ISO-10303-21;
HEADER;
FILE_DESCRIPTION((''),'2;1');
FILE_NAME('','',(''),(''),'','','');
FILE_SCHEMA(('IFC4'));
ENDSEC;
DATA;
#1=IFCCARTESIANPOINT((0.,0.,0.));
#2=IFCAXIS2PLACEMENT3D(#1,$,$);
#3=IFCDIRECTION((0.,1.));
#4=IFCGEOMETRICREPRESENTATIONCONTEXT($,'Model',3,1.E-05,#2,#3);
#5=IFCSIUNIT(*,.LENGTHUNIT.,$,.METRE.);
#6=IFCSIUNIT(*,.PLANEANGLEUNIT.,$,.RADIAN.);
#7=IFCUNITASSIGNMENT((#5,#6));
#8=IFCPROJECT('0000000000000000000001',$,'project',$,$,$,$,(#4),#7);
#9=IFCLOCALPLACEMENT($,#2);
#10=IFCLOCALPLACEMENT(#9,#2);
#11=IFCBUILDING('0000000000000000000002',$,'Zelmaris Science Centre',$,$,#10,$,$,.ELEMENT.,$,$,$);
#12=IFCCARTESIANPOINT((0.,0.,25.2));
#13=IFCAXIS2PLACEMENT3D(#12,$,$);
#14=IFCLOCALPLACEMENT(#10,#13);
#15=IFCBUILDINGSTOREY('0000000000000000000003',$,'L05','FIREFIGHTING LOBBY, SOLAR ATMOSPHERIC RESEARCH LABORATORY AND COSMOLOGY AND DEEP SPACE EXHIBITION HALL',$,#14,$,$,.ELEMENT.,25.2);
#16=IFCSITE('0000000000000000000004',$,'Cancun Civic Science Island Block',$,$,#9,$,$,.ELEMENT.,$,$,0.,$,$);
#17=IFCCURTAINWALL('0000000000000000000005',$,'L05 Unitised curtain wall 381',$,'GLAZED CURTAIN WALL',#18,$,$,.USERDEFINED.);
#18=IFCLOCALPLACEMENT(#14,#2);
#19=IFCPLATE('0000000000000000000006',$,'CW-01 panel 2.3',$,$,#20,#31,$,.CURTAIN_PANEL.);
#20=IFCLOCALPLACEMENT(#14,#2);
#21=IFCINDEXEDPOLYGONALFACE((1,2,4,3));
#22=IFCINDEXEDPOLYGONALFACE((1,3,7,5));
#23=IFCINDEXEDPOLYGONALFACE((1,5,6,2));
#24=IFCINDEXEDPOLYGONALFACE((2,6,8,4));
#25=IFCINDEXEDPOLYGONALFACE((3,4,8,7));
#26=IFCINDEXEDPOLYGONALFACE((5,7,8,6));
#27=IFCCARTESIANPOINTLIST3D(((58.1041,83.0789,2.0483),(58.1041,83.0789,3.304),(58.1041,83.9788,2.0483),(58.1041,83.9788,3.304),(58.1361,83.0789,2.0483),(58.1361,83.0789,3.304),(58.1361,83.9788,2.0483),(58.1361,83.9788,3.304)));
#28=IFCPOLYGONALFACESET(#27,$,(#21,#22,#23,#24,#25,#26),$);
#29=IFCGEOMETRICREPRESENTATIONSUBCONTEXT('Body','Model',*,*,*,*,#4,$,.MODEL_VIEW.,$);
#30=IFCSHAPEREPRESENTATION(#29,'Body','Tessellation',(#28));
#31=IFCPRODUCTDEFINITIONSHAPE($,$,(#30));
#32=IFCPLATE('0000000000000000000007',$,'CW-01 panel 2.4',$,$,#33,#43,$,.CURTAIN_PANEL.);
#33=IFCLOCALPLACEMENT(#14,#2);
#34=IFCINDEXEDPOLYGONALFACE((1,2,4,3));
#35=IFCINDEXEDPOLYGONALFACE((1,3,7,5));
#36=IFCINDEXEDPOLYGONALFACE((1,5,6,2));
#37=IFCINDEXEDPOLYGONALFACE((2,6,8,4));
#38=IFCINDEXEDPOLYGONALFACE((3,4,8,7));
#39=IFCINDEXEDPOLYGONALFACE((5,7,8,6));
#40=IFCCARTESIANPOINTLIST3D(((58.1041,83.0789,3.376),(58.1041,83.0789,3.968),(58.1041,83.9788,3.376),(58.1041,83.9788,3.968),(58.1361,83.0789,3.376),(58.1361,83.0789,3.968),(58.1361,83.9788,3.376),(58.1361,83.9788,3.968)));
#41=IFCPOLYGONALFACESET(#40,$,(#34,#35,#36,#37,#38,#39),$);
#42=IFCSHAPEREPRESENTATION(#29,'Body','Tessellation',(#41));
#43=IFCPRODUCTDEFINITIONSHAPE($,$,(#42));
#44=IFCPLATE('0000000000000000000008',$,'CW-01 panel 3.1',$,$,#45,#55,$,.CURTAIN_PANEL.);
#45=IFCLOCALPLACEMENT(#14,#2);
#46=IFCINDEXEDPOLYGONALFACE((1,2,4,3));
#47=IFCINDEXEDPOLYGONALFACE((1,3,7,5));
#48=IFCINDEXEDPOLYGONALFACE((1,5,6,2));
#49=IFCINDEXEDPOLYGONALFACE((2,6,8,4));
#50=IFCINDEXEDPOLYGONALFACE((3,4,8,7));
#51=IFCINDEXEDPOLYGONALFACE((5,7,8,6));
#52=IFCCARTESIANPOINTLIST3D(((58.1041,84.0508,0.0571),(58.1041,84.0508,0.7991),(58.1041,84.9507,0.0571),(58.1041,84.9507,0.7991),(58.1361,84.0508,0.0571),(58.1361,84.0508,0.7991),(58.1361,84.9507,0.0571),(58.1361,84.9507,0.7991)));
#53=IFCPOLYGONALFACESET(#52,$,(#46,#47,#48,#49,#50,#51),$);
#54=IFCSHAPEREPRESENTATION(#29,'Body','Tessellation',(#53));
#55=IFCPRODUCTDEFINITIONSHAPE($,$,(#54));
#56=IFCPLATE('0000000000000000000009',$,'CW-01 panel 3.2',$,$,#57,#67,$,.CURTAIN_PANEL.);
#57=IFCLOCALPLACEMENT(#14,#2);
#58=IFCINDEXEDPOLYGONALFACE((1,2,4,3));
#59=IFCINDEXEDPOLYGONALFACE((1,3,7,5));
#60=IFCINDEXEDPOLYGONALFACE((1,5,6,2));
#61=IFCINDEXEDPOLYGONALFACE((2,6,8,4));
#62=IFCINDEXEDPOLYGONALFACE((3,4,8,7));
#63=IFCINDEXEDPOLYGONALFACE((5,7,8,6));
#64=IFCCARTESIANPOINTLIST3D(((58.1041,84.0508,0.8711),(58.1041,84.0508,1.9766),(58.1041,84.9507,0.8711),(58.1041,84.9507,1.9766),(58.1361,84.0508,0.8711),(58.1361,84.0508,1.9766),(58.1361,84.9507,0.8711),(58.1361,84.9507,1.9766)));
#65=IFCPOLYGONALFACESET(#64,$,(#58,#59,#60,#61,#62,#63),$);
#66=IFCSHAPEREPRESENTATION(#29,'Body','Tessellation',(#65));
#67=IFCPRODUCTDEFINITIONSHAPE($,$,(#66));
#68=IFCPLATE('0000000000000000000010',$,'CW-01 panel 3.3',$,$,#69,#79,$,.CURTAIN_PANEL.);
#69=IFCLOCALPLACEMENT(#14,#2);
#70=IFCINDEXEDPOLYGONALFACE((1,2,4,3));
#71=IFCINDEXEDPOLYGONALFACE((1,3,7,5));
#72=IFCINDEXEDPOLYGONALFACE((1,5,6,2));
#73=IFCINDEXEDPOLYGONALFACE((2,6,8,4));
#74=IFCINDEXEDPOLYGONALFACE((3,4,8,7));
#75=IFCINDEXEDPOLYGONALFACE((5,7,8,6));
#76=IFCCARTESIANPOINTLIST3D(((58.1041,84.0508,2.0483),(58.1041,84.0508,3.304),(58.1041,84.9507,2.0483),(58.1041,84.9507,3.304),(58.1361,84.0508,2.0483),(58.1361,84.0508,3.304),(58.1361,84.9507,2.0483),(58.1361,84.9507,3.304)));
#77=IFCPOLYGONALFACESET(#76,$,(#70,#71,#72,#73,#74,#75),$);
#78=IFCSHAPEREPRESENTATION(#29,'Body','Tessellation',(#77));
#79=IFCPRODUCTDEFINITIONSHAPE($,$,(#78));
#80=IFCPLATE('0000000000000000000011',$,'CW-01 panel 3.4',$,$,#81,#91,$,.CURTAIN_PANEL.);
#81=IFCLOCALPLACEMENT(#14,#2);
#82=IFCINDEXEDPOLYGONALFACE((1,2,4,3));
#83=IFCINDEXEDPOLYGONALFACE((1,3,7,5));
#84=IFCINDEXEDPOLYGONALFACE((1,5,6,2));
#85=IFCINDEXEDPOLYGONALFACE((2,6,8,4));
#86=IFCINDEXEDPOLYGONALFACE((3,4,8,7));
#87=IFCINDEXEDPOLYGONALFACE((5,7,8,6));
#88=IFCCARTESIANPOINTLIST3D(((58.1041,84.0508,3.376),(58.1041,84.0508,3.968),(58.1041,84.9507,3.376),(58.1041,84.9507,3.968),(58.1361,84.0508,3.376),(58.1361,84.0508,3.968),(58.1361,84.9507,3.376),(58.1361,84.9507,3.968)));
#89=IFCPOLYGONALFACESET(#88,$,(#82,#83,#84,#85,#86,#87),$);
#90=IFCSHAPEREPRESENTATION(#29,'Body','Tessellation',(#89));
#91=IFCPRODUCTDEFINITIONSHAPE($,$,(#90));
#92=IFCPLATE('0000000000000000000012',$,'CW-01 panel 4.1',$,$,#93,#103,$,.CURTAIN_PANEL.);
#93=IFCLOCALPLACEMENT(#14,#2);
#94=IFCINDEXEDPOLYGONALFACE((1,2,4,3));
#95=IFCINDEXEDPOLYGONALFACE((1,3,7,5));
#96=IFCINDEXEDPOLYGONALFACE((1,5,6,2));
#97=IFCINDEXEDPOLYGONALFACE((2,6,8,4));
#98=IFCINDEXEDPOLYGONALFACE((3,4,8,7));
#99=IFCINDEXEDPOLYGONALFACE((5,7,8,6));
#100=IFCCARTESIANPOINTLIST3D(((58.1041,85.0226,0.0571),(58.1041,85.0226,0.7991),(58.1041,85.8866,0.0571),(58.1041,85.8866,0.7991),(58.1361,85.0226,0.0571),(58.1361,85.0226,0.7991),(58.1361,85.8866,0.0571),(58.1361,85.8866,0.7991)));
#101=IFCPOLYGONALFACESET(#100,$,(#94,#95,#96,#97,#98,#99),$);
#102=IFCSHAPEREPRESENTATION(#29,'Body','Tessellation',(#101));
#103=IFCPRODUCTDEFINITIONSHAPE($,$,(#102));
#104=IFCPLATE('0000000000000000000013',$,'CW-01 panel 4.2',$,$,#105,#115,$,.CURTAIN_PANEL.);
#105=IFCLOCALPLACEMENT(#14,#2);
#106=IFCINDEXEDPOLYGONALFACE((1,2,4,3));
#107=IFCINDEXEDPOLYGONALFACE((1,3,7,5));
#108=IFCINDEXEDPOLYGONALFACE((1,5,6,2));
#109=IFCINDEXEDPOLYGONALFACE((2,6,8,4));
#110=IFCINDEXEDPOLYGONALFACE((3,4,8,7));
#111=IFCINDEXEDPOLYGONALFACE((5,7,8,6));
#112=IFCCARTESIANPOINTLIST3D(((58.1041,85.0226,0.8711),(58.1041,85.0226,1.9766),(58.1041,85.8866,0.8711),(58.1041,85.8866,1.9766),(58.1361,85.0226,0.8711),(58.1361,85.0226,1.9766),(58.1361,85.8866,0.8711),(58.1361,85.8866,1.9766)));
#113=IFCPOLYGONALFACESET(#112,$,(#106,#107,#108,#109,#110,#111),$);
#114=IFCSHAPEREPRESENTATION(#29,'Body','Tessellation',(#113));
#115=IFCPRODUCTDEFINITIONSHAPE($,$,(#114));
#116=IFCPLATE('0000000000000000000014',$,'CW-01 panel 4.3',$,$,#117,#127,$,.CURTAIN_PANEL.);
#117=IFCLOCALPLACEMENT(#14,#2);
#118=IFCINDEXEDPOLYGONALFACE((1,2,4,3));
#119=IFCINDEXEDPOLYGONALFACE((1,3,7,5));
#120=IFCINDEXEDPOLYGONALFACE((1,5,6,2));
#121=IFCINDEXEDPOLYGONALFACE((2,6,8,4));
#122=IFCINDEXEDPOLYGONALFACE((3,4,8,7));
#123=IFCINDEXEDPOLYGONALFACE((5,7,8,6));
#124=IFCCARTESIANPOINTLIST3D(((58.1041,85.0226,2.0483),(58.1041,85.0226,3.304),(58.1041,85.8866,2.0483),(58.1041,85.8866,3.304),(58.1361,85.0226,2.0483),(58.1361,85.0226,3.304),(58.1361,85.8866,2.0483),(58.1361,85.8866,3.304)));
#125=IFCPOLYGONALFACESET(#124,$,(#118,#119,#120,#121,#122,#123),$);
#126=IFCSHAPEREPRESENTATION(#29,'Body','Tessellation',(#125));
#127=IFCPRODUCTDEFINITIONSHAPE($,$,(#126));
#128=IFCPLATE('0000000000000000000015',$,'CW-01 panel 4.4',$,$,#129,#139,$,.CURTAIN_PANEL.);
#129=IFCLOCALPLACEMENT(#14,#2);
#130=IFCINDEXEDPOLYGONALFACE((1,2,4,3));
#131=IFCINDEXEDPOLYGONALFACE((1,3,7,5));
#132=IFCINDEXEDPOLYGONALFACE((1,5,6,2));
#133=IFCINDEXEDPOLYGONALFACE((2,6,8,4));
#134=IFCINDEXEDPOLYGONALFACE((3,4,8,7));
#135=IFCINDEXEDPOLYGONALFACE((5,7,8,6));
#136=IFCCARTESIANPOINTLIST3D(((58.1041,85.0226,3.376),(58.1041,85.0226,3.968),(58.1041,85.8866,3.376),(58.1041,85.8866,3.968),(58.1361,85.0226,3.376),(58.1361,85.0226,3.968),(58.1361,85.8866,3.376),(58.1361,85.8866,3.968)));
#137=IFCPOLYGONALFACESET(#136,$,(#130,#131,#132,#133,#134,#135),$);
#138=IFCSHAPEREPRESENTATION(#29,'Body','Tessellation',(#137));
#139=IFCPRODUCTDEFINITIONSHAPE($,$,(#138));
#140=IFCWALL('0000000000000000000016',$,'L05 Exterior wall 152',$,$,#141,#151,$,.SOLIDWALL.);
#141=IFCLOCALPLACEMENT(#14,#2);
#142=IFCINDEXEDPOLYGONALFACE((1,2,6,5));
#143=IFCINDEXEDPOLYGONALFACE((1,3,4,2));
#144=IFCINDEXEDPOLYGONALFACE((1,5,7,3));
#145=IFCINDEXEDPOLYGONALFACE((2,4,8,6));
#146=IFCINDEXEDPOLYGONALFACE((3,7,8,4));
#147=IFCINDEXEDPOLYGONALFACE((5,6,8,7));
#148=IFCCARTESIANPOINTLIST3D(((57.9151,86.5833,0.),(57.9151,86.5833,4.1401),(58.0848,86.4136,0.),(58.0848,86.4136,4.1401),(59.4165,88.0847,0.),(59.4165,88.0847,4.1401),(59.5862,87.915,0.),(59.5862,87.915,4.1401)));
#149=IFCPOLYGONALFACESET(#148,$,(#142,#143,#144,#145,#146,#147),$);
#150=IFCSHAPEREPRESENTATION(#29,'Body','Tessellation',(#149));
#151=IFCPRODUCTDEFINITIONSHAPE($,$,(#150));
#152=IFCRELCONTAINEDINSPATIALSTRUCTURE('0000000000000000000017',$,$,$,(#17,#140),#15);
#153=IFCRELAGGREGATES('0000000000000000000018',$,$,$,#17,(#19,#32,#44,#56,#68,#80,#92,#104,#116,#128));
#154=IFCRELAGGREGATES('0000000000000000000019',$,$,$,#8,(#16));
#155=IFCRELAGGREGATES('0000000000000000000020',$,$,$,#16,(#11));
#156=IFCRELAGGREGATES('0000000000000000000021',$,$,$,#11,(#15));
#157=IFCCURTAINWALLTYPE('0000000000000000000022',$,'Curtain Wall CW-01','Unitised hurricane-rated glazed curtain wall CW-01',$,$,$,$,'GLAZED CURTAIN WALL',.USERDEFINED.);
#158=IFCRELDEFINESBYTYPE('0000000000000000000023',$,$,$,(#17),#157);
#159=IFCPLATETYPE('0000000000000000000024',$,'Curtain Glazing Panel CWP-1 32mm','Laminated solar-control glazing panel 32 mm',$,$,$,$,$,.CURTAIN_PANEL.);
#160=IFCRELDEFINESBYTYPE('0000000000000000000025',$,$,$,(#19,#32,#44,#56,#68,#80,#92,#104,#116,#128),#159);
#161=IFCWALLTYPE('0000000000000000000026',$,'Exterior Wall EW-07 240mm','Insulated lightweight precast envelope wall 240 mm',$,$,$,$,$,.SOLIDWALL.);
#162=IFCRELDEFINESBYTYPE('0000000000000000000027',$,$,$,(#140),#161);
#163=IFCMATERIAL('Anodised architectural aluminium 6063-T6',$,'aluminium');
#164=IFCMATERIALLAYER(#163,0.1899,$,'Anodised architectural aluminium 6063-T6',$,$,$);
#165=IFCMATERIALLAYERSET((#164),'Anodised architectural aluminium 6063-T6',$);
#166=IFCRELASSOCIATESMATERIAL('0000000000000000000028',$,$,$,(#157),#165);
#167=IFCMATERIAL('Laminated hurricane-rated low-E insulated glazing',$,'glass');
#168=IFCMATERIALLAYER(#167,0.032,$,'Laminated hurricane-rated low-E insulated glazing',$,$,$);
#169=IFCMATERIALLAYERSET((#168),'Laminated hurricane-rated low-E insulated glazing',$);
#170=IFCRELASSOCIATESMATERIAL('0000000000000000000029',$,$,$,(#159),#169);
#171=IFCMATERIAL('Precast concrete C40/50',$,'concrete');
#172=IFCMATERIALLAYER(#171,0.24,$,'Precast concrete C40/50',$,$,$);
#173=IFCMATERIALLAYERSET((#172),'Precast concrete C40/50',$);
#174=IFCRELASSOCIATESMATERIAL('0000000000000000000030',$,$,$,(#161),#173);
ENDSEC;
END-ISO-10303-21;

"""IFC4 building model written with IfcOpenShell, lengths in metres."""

from ifc_helpers import new_model, si_unit, direction, frame, frame_2d, origin, origin_2d, place, context, subcontext, project, spatial, rectangle, extrude, material, layer, layer_set, type_object, element, aggregate, save


model = new_model("IFC4")

# Units and contexts
model_context = context("Model", 3, precision=1e-05, world=origin(), true_north=direction((0.0, 1.0)))
body_context = subcontext(model_context, "Body", "Model", "MODEL_VIEW")
ifc_project = project(units=[si_unit("LENGTHUNIT", "METRE"), si_unit("PLANEANGLEUNIT", "RADIAN")], contexts=[model_context])

# Site, building, storey
site_placement = place(None, origin())
site = spatial("IfcSite", under=ifc_project, at=site_placement, Name="Cancun Civic Science Island Block", CompositionType="ELEMENT", RefElevation=0.0)
building_placement = place(site_placement, origin())
building = spatial("IfcBuilding", under=site, at=building_placement, Name="Zelmaris Science Centre", CompositionType="ELEMENT")
storey_placement = place(building_placement, frame((0.0, 0.0, 25.2)))
storey = spatial("IfcBuildingStorey", under=building, at=storey_placement, Name="L05", Description="FIREFIGHTING LOBBY, SOLAR ATMOSPHERIC RESEARCH LABORATORY AND COSMOLOGY AND DEEP SPACE EXHIBITION HALL", CompositionType="ELEMENT", Elevation=25.2)

# Curtain wall
ifc_material_1 = material(Name="Anodised architectural aluminium 6063-T6", Category="aluminium")
ifc_layer_1 = layer(ifc_material_1, 0.1899, Name="Anodised architectural aluminium 6063-T6")
ifc_layer_set_1 = layer_set([ifc_layer_1], Name="Anodised architectural aluminium 6063-T6")
curtain_wall_type = type_object("IfcCurtainWallType", Name="Curtain Wall CW-01", Description="Unitised hurricane-rated glazed curtain wall CW-01", ElementType="GLAZED CURTAIN WALL", PredefinedType="USERDEFINED", material=ifc_layer_set_1)
curtain_wall_placement = place(storey_placement, origin())
curtain_wall = element("IfcCurtainWall", 1, at=curtain_wall_placement, inside=storey, type_object=curtain_wall_type, Name="L05 Unitised curtain wall 381", ObjectType="GLAZED CURTAIN WALL", PredefinedType="USERDEFINED")

# Plates
ifc_material_2 = material(Name="Laminated hurricane-rated low-E insulated glazing", Category="glass")
ifc_layer_2 = layer(ifc_material_2, 0.032, Name="Laminated hurricane-rated low-E insulated glazing")
ifc_layer_set_2 = layer_set([ifc_layer_2], Name="Laminated hurricane-rated low-E insulated glazing")
plate_type = type_object("IfcPlateType", Name="Curtain Glazing Panel CWP-1 32mm", Description="Laminated solar-control glazing panel 32 mm", PredefinedType="CURTAIN_PANEL", material=ifc_layer_set_2)
plate_1_placement = place(storey_placement, frame((58.1201, 83.5288, 2.0483), z_axis=(0.0, 0.0, 1.0), x_axis=(0.0, 1.0, 0.0)))
plate_1 = element("IfcPlate", 2, at=plate_1_placement, type_object=plate_type, Name="CW-01 panel 2.3", PredefinedType="CURTAIN_PANEL", context=body_context, shape_type="SweptSolid", body=[
    extrude(rectangle(XDim=0.8999, YDim=0.032, at=origin_2d()), origin(), (0.0, 0.0, 1.0), 1.2556),
])
plate_2_placement = place(storey_placement, frame((58.1201, 83.5288, 3.376), z_axis=(0.0, 0.0, 1.0), x_axis=(0.0, 1.0, 0.0)))
plate_2 = element("IfcPlate", 3, at=plate_2_placement, type_object=plate_type, Name="CW-01 panel 2.4", PredefinedType="CURTAIN_PANEL", context=body_context, shape_type="SweptSolid", body=[
    extrude(rectangle(XDim=0.8999, YDim=0.032, at=origin_2d()), origin(), (0.0, 0.0, 1.0), 0.592),
])
plate_3_placement = place(storey_placement, frame((58.1201, 84.5007, 0.0571), z_axis=(0.0, 0.0, 1.0), x_axis=(0.0, 1.0, 0.0)))
plate_3 = element("IfcPlate", 4, at=plate_3_placement, type_object=plate_type, Name="CW-01 panel 3.1", PredefinedType="CURTAIN_PANEL", context=body_context, shape_type="SweptSolid", body=[
    extrude(rectangle(XDim=0.8999, YDim=0.032, at=origin_2d()), origin(), (0.0, 0.0, 1.0), 0.7419),
])
plate_4_placement = place(storey_placement, frame((58.1201, 84.5007, 0.8711), z_axis=(0.0, 0.0, 1.0), x_axis=(0.0, 1.0, 0.0)))
plate_4 = element("IfcPlate", 5, at=plate_4_placement, type_object=plate_type, Name="CW-01 panel 3.2", PredefinedType="CURTAIN_PANEL", context=body_context, shape_type="SweptSolid", body=[
    extrude(rectangle(XDim=0.8999, YDim=0.032, at=origin_2d()), origin(), (0.0, 0.0, 1.0), 1.1055),
])
plate_5_placement = place(storey_placement, frame((58.1201, 84.5007, 2.0483), z_axis=(0.0, 0.0, 1.0), x_axis=(0.0, 1.0, 0.0)))
plate_5 = element("IfcPlate", 6, at=plate_5_placement, type_object=plate_type, Name="CW-01 panel 3.3", PredefinedType="CURTAIN_PANEL", context=body_context, shape_type="SweptSolid", body=[
    extrude(rectangle(XDim=0.8999, YDim=0.032, at=origin_2d()), origin(), (0.0, 0.0, 1.0), 1.2556),
])
plate_6_placement = place(storey_placement, frame((58.1201, 84.5007, 3.376), z_axis=(0.0, 0.0, 1.0), x_axis=(0.0, 1.0, 0.0)))
plate_6 = element("IfcPlate", 7, at=plate_6_placement, type_object=plate_type, Name="CW-01 panel 3.4", PredefinedType="CURTAIN_PANEL", context=body_context, shape_type="SweptSolid", body=[
    extrude(rectangle(XDim=0.8999, YDim=0.032, at=origin_2d()), origin(), (0.0, 0.0, 1.0), 0.592),
])
plate_7_placement = place(storey_placement, frame((58.1201, 85.4546, 0.0571), z_axis=(0.0, 0.0, 1.0), x_axis=(0.0, 1.0, 0.0)))
plate_7 = element("IfcPlate", 8, at=plate_7_placement, type_object=plate_type, Name="CW-01 panel 4.1", PredefinedType="CURTAIN_PANEL", context=body_context, shape_type="SweptSolid", body=[
    extrude(rectangle(XDim=0.864, YDim=0.032, at=origin_2d()), origin(), (0.0, 0.0, 1.0), 0.7419),
])
plate_8_placement = place(storey_placement, frame((58.1201, 85.4546, 0.8711), z_axis=(0.0, 0.0, 1.0), x_axis=(0.0, 1.0, 0.0)))
plate_8 = element("IfcPlate", 9, at=plate_8_placement, type_object=plate_type, Name="CW-01 panel 4.2", PredefinedType="CURTAIN_PANEL", context=body_context, shape_type="SweptSolid", body=[
    extrude(rectangle(XDim=0.864, YDim=0.032, at=origin_2d()), origin(), (0.0, 0.0, 1.0), 1.1055),
])
plate_9_placement = place(storey_placement, frame((58.1201, 85.4546, 2.0483), z_axis=(0.0, 0.0, 1.0), x_axis=(0.0, 1.0, 0.0)))
plate_9 = element("IfcPlate", 10, at=plate_9_placement, type_object=plate_type, Name="CW-01 panel 4.3", PredefinedType="CURTAIN_PANEL", context=body_context, shape_type="SweptSolid", body=[
    extrude(rectangle(XDim=0.864, YDim=0.032, at=origin_2d()), origin(), (0.0, 0.0, 1.0), 1.2556),
])
plate_10_placement = place(storey_placement, frame((58.1201, 85.4546, 3.376), z_axis=(0.0, 0.0, 1.0), x_axis=(0.0, 1.0, 0.0)))
plate_10 = element("IfcPlate", 11, at=plate_10_placement, type_object=plate_type, Name="CW-01 panel 4.4", PredefinedType="CURTAIN_PANEL", context=body_context, shape_type="SweptSolid", body=[
    extrude(rectangle(XDim=0.864, YDim=0.032, at=origin_2d()), origin(), (0.0, 0.0, 1.0), 0.592),
])
aggregate(curtain_wall, [plate_1, plate_2, plate_3, plate_4, plate_5, plate_6, plate_7, plate_8, plate_9, plate_10])

# Wall
ifc_material_3 = material(Name="Precast concrete C40/50", Category="concrete")
ifc_layer_3 = layer(ifc_material_3, 0.24, Name="Precast concrete C40/50")
ifc_layer_set_3 = layer_set([ifc_layer_3], Name="Precast concrete C40/50")
wall_type = type_object("IfcWallType", Name="Exterior Wall EW-07 240mm", Description="Insulated lightweight precast envelope wall 240 mm", PredefinedType="SOLIDWALL", material=ifc_layer_set_3)
wall_placement = place(storey_placement, frame((58.0, 86.4985, 0.0), z_axis=(0.0, 0.0, 1.0), x_axis=(0.707107, 0.707107, 0.0)))
element("IfcWall", 12, at=wall_placement, inside=storey, type_object=wall_type, Name="L05 Exterior wall 152", PredefinedType="SOLIDWALL", context=body_context, shape_type="SweptSolid", body=[
    extrude(rectangle(XDim=2.1233, YDim=0.24, at=frame_2d((1.0615, 0.0))), origin(), (0.0, 0.0, 1.0), 4.1401),
])

save(model, "model.ifc")
